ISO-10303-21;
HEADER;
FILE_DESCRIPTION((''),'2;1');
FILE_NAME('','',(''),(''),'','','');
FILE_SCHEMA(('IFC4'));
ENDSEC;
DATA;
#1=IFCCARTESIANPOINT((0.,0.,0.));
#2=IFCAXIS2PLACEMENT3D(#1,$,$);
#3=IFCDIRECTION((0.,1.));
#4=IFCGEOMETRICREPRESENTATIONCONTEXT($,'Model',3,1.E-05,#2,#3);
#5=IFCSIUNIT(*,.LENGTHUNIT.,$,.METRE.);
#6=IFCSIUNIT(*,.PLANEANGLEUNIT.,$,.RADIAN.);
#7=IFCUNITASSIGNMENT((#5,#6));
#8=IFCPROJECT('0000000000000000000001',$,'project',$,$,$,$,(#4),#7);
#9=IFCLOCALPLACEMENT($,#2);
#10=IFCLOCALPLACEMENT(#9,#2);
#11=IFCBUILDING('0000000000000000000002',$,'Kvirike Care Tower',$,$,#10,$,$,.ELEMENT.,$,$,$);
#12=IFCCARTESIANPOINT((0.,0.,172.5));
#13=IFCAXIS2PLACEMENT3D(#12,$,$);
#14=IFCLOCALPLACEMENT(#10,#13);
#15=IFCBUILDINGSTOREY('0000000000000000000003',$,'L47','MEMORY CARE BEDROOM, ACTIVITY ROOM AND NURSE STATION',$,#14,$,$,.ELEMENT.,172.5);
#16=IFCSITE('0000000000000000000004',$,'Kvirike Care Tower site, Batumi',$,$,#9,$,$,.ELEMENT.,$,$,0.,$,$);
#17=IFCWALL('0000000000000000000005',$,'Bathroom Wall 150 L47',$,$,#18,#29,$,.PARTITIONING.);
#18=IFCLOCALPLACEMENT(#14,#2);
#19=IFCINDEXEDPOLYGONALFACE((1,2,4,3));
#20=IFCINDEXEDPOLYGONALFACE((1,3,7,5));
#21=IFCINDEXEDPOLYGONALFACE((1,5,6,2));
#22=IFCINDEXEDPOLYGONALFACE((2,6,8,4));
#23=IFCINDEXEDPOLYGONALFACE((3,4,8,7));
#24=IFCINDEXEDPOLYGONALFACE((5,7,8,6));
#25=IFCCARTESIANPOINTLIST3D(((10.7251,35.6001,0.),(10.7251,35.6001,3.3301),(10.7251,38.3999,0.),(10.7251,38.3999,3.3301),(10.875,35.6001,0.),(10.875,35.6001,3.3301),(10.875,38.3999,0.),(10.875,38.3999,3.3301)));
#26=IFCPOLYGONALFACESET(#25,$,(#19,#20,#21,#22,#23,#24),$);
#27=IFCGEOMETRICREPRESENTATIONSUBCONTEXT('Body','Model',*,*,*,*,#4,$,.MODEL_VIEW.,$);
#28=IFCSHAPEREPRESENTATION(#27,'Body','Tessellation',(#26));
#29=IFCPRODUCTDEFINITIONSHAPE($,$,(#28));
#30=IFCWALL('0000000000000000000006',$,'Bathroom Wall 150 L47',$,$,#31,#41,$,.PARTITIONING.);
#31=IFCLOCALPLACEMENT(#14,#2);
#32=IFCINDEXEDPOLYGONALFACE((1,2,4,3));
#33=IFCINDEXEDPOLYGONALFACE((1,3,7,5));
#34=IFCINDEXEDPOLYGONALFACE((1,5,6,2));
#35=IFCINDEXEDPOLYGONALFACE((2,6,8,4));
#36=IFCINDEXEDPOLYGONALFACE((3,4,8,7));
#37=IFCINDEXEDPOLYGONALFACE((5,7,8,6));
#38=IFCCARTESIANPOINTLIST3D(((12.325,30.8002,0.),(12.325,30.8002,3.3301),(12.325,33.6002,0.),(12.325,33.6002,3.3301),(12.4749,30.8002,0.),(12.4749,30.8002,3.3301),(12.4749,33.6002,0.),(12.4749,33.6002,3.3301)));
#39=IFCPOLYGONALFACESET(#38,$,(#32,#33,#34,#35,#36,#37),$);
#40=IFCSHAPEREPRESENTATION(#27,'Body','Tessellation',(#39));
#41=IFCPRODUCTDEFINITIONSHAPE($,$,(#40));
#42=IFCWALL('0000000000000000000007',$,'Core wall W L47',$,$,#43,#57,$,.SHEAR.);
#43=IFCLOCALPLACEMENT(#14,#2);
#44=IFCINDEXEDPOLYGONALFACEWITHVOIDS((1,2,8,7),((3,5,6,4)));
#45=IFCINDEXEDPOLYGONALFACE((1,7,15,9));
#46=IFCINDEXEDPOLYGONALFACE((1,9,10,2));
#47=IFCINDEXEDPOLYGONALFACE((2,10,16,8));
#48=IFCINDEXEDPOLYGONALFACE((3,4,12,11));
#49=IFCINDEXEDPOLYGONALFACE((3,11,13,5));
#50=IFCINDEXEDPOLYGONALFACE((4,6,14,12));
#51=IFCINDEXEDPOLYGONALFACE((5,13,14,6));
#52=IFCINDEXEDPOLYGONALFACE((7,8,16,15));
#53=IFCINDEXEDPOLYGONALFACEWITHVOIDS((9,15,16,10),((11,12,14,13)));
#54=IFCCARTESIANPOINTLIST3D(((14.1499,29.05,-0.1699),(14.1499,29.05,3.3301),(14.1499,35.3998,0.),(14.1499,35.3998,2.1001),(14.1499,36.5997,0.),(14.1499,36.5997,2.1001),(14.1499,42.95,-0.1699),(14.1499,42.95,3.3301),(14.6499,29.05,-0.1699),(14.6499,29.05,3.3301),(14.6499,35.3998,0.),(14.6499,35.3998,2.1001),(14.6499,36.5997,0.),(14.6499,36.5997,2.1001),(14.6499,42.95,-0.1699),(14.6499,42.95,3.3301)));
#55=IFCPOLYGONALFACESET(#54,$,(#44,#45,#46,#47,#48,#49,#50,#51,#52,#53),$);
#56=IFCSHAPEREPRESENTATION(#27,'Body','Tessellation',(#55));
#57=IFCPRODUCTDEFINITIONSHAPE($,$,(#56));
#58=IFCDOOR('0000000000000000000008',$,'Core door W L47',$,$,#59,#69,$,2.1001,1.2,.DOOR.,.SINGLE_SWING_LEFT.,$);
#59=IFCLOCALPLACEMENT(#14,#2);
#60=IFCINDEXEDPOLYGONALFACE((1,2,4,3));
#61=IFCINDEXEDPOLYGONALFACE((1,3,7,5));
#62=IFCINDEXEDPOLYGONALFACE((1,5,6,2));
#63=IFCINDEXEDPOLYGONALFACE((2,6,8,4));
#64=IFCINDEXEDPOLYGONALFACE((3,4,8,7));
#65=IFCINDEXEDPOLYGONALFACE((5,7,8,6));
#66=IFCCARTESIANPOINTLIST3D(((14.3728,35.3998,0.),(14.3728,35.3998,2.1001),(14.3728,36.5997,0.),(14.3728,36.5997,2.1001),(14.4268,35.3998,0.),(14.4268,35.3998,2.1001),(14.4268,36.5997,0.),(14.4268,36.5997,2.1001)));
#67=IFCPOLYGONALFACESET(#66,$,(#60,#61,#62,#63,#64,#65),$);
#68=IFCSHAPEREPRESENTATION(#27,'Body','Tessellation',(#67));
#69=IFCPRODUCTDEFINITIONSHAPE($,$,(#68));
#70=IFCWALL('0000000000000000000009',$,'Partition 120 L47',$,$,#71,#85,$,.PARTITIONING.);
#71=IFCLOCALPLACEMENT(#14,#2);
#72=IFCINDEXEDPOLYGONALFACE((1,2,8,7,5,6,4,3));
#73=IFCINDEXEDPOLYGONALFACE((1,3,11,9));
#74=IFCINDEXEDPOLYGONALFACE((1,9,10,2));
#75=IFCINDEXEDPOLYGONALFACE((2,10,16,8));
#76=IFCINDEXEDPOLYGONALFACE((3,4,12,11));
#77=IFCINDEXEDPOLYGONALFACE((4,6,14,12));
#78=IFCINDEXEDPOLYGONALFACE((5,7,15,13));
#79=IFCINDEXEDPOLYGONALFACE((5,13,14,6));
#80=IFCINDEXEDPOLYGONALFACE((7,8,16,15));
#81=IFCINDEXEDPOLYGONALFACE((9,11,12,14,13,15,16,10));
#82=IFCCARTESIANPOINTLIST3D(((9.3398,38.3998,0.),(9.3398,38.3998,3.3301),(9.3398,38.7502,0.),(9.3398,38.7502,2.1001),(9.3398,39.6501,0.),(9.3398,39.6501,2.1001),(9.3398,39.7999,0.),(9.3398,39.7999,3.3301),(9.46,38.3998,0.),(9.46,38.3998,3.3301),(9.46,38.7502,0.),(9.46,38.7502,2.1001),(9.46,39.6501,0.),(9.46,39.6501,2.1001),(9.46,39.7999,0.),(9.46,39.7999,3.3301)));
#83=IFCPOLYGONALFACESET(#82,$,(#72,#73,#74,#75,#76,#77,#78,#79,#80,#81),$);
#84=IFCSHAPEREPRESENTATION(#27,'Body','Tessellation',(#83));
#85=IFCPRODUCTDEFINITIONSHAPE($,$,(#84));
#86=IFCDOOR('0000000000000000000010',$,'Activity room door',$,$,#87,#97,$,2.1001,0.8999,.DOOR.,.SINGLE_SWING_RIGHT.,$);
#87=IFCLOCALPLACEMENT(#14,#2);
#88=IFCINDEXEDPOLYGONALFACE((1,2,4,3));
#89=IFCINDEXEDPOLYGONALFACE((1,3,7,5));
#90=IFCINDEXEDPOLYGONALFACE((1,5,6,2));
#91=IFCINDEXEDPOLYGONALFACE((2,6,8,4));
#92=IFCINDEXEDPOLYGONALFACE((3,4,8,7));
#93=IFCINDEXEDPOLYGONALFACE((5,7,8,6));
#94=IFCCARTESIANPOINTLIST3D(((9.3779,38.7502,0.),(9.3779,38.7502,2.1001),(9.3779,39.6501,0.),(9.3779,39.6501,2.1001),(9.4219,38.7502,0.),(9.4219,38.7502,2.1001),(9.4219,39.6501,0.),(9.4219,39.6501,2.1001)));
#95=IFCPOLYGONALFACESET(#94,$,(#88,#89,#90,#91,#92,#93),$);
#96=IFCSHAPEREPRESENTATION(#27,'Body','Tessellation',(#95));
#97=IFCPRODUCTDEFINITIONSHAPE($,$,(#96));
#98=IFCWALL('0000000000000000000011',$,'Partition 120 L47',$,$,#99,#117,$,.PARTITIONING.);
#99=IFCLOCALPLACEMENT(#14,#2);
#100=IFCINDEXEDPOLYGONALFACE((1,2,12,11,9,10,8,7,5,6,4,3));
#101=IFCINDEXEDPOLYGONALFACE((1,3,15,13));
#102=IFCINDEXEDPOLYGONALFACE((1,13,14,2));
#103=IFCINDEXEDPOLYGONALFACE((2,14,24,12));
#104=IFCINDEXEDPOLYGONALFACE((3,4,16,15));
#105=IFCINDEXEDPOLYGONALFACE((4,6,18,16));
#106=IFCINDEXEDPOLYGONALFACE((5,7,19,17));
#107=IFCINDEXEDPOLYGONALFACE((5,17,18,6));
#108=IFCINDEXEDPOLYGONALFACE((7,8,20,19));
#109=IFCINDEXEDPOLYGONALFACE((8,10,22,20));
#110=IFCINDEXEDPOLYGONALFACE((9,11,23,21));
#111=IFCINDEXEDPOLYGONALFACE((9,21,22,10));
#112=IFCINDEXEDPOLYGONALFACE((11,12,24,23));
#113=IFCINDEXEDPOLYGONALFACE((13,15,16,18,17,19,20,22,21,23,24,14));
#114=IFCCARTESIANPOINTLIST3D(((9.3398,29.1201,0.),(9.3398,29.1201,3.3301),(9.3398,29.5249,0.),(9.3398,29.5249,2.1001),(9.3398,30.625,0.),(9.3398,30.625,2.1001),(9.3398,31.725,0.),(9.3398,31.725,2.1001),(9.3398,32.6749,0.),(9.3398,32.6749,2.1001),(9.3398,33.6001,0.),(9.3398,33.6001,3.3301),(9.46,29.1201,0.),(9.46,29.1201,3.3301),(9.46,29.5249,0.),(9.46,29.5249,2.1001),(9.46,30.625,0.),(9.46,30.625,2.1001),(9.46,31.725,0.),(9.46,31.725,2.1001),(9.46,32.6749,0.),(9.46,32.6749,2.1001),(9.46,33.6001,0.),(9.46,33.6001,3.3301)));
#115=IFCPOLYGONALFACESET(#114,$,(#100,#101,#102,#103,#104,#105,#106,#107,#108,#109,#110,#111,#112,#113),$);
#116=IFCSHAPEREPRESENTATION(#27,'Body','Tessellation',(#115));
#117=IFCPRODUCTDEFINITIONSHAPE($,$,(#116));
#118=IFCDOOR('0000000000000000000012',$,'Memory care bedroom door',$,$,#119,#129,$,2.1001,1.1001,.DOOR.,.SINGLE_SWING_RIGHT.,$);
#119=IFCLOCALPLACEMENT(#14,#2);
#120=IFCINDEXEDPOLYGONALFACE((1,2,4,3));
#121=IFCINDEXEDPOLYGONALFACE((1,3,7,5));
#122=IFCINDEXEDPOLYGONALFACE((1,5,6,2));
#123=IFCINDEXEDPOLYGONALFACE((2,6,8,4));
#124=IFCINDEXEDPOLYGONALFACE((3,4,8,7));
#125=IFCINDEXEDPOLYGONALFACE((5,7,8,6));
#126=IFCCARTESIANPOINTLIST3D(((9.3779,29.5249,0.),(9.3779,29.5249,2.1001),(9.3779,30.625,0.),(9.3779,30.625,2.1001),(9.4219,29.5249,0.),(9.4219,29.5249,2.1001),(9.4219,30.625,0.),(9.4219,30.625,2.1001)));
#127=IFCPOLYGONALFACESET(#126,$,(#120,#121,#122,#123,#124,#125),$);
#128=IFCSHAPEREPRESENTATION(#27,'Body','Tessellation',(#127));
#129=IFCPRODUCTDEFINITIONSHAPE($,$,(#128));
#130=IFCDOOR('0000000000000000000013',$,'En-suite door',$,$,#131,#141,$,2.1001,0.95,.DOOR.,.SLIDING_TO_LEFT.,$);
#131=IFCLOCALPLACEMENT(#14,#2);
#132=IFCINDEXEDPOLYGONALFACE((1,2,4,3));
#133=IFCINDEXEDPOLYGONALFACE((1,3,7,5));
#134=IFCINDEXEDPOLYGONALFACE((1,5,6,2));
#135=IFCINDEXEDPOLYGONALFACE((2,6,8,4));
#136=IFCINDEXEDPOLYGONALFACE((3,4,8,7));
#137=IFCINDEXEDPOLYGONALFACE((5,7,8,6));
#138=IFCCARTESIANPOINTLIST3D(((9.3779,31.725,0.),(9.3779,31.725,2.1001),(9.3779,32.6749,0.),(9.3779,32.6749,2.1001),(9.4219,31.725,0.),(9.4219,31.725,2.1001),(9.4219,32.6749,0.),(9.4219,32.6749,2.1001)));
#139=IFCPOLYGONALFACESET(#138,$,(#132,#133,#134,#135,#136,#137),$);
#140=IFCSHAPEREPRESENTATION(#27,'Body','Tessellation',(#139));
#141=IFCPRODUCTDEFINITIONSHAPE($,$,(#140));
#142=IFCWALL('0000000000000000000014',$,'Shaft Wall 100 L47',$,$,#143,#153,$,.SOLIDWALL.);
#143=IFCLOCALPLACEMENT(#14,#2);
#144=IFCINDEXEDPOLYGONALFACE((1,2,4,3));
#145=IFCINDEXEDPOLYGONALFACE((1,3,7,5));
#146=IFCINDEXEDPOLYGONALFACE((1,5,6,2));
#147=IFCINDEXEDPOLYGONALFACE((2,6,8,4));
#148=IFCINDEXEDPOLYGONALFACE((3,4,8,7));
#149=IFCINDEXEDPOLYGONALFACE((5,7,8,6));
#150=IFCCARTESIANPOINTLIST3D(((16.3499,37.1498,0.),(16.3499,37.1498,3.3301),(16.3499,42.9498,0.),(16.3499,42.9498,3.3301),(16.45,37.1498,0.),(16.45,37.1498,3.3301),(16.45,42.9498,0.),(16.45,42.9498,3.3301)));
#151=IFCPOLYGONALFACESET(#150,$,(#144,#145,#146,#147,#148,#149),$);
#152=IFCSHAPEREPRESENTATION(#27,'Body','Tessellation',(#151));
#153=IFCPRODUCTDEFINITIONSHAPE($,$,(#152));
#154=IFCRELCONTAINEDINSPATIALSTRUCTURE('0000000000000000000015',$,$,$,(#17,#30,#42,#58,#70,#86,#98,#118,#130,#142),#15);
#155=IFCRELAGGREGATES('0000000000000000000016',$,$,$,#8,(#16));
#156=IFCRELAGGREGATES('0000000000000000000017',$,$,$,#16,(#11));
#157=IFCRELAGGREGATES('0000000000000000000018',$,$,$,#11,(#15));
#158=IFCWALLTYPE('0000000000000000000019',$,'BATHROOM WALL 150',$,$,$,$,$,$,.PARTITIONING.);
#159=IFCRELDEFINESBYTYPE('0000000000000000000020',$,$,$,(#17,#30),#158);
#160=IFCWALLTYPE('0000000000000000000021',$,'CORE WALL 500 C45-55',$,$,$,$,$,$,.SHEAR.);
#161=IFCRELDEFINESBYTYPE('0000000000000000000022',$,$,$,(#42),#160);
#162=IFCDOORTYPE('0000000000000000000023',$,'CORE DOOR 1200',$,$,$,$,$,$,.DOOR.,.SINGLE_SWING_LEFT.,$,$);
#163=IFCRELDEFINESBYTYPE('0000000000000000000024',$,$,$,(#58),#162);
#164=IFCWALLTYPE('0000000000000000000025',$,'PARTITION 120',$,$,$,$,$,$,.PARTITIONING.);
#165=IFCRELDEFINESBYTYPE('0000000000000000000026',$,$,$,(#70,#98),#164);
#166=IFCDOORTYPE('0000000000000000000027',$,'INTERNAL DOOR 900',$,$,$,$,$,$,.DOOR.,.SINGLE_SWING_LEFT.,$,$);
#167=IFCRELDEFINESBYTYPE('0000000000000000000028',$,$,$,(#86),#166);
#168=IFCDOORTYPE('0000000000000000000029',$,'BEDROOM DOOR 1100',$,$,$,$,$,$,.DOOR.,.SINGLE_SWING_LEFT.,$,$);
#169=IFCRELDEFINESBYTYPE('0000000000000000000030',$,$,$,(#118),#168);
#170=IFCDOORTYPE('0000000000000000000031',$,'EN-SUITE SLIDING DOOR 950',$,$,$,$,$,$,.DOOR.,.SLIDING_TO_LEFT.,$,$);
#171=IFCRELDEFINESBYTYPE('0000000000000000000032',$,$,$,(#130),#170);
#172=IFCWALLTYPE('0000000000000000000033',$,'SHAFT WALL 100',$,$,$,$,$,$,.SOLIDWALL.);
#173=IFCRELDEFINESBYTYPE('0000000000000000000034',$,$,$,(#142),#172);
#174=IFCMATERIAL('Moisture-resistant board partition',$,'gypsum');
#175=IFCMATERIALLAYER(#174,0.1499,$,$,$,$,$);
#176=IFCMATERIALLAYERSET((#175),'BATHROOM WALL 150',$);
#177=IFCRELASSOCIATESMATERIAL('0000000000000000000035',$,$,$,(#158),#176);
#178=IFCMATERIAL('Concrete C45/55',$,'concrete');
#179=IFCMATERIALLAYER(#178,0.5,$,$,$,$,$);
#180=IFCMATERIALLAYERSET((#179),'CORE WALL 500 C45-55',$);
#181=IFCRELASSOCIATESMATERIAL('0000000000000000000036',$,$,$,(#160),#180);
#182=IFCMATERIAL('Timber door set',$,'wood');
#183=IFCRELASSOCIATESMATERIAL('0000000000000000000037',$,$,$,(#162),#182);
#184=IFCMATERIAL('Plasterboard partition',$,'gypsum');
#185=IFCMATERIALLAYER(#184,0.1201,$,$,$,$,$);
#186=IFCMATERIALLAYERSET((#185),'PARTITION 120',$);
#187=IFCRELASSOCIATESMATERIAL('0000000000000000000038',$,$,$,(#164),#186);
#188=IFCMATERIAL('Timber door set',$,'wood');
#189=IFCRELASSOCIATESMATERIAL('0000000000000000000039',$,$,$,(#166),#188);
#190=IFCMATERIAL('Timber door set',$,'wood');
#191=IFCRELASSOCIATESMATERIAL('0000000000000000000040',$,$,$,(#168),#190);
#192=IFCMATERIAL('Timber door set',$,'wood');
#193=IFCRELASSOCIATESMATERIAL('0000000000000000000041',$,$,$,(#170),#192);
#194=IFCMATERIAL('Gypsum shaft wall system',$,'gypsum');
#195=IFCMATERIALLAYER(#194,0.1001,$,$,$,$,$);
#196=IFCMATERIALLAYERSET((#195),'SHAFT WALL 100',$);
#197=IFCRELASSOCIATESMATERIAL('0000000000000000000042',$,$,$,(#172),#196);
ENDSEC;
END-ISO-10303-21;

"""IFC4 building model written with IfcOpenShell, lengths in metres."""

from ifc_helpers import new_model, si_unit, direction, frame, frame_2d, origin, place, context, subcontext, project, spatial, rectangle, extrude, material, layer, layer_set, type_object, element, fill, save


model = new_model("IFC4")

# Units and contexts
model_context = context("Model", 3, precision=1e-05, world=origin(), true_north=direction((0.0, 1.0)))
body_context = subcontext(model_context, "Body", "Model", "MODEL_VIEW")
ifc_project = project(units=[si_unit("LENGTHUNIT", "METRE"), si_unit("PLANEANGLEUNIT", "RADIAN")], contexts=[model_context])

# Site, building, storey
site_placement = place(None, origin())
site = spatial("IfcSite", under=ifc_project, at=site_placement, Name="Kvirike Care Tower site, Batumi", CompositionType="ELEMENT", RefElevation=0.0)
building_placement = place(site_placement, origin())
building = spatial("IfcBuilding", under=site, at=building_placement, Name="Kvirike Care Tower", CompositionType="ELEMENT")
storey_placement = place(building_placement, frame((0.0, 0.0, 172.5)))
storey = spatial("IfcBuildingStorey", under=building, at=storey_placement, Name="L47", Description="MEMORY CARE BEDROOM, ACTIVITY ROOM AND NURSE STATION", CompositionType="ELEMENT", Elevation=172.5)

# Walls
ifc_material_1 = material(Name="Moisture-resistant board partition", Category="gypsum")
ifc_layer_1 = layer(ifc_material_1, 0.1499)
ifc_layer_set_1 = layer_set([ifc_layer_1], Name="BATHROOM WALL 150")
wall_type_1 = type_object("IfcWallType", Name="BATHROOM WALL 150", PredefinedType="PARTITIONING", material=ifc_layer_set_1)
wall_1_placement = place(storey_placement, frame((10.8, 38.3999, 0.0), z_axis=(0.0, 0.0, 1.0), x_axis=(0.0, -1.0, 0.0)))
element("IfcWall", 1, at=wall_1_placement, inside=storey, type_object=wall_type_1, Name="Bathroom Wall 150 L47", PredefinedType="PARTITIONING", context=body_context, shape_type="SweptSolid", body=[
    extrude(rectangle(XDim=2.7998, YDim=0.1499, at=frame_2d((1.3999, 0.0))), origin(), (0.0, 0.0, 1.0), 3.3301),
])
wall_2_placement = place(storey_placement, frame((12.3999, 33.6001, 0.0), z_axis=(0.0, 0.0, 1.0), x_axis=(0.0, -1.0, 0.0)))
element("IfcWall", 2, at=wall_2_placement, inside=storey, type_object=wall_type_1, Name="Bathroom Wall 150 L47", PredefinedType="PARTITIONING", context=body_context, shape_type="SweptSolid", body=[
    extrude(rectangle(XDim=2.8, YDim=0.1499, at=frame_2d((1.3999, 0.0))), origin(), (0.0, 0.0, 1.0), 3.3301),
])

# Walls, openings, doors
ifc_material_2 = material(Name="Concrete C45/55", Category="concrete")
ifc_layer_2 = layer(ifc_material_2, 0.5)
ifc_layer_set_2 = layer_set([ifc_layer_2], Name="CORE WALL 500 C45-55")
wall_type_2 = type_object("IfcWallType", Name="CORE WALL 500 C45-55", PredefinedType="SHEAR", material=ifc_layer_set_2)
wall_3_placement = place(storey_placement, frame((14.3999, 42.95, -0.1699), z_axis=(0.0, 0.0, 1.0), x_axis=(0.0, -1.0, 0.0)))
wall_3 = element("IfcWall", 3, at=wall_3_placement, inside=storey, type_object=wall_type_2, Name="Core wall W L47", PredefinedType="SHEAR", context=body_context, shape_type="SweptSolid", body=[
    extrude(rectangle(XDim=13.8999, YDim=0.5, at=frame_2d((6.95, 0.0))), origin(), (0.0, 0.0, 1.0), 3.5),
])
opening_1_placement = place(wall_3_placement, frame((6.3501, 0.0, 0.1699)))
opening_1 = element("IfcOpeningElement", 4, at=opening_1_placement, cuts=wall_3, PredefinedType="OPENING", context=body_context, shape_type="SweptSolid", body=[
    extrude(rectangle(XDim=1.2, YDim=2.1001, at=frame_2d((0.6001, 1.05))), frame((0.0, 0.2605, 0.0), z_axis=(0.0, -1.0, 0.0), x_axis=(1.0, 0.0, 0.0)), (0.0, 0.0, 1.0), 0.521),
])
ifc_material_3 = material(Name="Timber door set", Category="wood")
door_type_1 = type_object("IfcDoorType", Name="CORE DOOR 1200", OperationType="SINGLE_SWING_LEFT", PredefinedType="DOOR", material=ifc_material_3)
door_1_placement = place(opening_1_placement, origin())
door_1 = element("IfcDoor", 5, at=door_1_placement, inside=storey, type_object=door_type_1, Name="Core door W L47", OperationType="SINGLE_SWING_LEFT", OverallHeight=2.1001, OverallWidth=1.2, PredefinedType="DOOR", context=body_context, shape_type="SweptSolid", body=[
    extrude(rectangle(XDim=1.2, YDim=2.1001, at=frame_2d((0.6001, 1.05))), frame((0.0, 0.0269, 0.0), z_axis=(0.0, -1.0, 0.0), x_axis=(1.0, 0.0, 0.0)), (0.0, 0.0, 1.0), 0.054),
])
fill(opening_1, door_1)
ifc_material_4 = material(Name="Plasterboard partition", Category="gypsum")
ifc_layer_3 = layer(ifc_material_4, 0.1201)
ifc_layer_set_3 = layer_set([ifc_layer_3], Name="PARTITION 120")
wall_type_3 = type_object("IfcWallType", Name="PARTITION 120", PredefinedType="PARTITIONING", material=ifc_layer_set_3)
wall_4_placement = place(storey_placement, frame((9.3999, 39.8, 0.0), z_axis=(0.0, 0.0, 1.0), x_axis=(0.0, -1.0, 0.0)))
wall_4 = element("IfcWall", 6, at=wall_4_placement, inside=storey, type_object=wall_type_3, Name="Partition 120 L47", PredefinedType="PARTITIONING", context=body_context, shape_type="SweptSolid", body=[
    extrude(rectangle(XDim=1.4001, YDim=0.1201, at=frame_2d((0.7002, 0.0))), origin(), (0.0, 0.0, 1.0), 3.3301),
])
opening_2_placement = place(wall_4_placement, frame((0.1499, 0.0, 0.0)))
opening_2 = element("IfcOpeningElement", 7, at=opening_2_placement, cuts=wall_4, PredefinedType="OPENING", context=body_context, shape_type="SweptSolid", body=[
    extrude(rectangle(XDim=0.8999, YDim=2.1001, at=frame_2d((0.45, 1.05))), frame((0.0, 0.0706, 0.0), z_axis=(0.0, -1.0, 0.0), x_axis=(1.0, 0.0, 0.0)), (0.0, 0.0, 1.0), 0.1411),
])
ifc_material_5 = material(Name="Timber door set", Category="wood")
door_type_2 = type_object("IfcDoorType", Name="INTERNAL DOOR 900", OperationType="SINGLE_SWING_LEFT", PredefinedType="DOOR", material=ifc_material_5)
door_2_placement = place(opening_2_placement, origin())
door_2 = element("IfcDoor", 8, at=door_2_placement, inside=storey, type_object=door_type_2, Name="Activity room door", OperationType="SINGLE_SWING_RIGHT", OverallHeight=2.1001, OverallWidth=0.8999, PredefinedType="DOOR", context=body_context, shape_type="SweptSolid", body=[
    extrude(rectangle(XDim=0.8999, YDim=2.1001, at=frame_2d((0.45, 1.05))), frame((0.0, 0.022, 0.0), z_axis=(0.0, -1.0, 0.0), x_axis=(1.0, 0.0, 0.0)), (0.0, 0.0, 1.0), 0.0439),
])
fill(opening_2, door_2)

# Wall, openings, doors
wall_5_placement = place(storey_placement, frame((9.3999, 33.6001, 0.0), z_axis=(0.0, 0.0, 1.0), x_axis=(0.0, -1.0, 0.0)))
wall_5 = element("IfcWall", 9, at=wall_5_placement, inside=storey, type_object=wall_type_3, Name="Partition 120 L47", PredefinedType="PARTITIONING", context=body_context, shape_type="SweptSolid", body=[
    extrude(rectangle(XDim=4.48, YDim=0.1201, at=frame_2d((2.24, 0.0))), origin(), (0.0, 0.0, 1.0), 3.3301),
])
opening_3_placement = place(wall_5_placement, frame((2.9751, 0.0, 0.0)))
opening_3 = element("IfcOpeningElement", 10, at=opening_3_placement, cuts=wall_5, PredefinedType="OPENING", context=body_context, shape_type="SweptSolid", body=[
    extrude(rectangle(XDim=1.1001, YDim=2.1001, at=frame_2d((0.55, 1.05))), frame((0.0, 0.0706, 0.0), z_axis=(0.0, -1.0, 0.0), x_axis=(1.0, 0.0, 0.0)), (0.0, 0.0, 1.0), 0.1411),
])
opening_4_placement = place(wall_5_placement, frame((0.925, 0.0, 0.0)))
opening_4 = element("IfcOpeningElement", 11, at=opening_4_placement, cuts=wall_5, PredefinedType="OPENING", context=body_context, shape_type="SweptSolid", body=[
    extrude(rectangle(XDim=0.95, YDim=2.1001, at=frame_2d((0.4751, 1.05))), frame((0.0, 0.0706, 0.0), z_axis=(0.0, -1.0, 0.0), x_axis=(1.0, 0.0, 0.0)), (0.0, 0.0, 1.0), 0.1411),
])
ifc_material_6 = material(Name="Timber door set", Category="wood")
door_type_3 = type_object("IfcDoorType", Name="BEDROOM DOOR 1100", OperationType="SINGLE_SWING_LEFT", PredefinedType="DOOR", material=ifc_material_6)
door_3_placement = place(opening_3_placement, origin())
door_3 = element("IfcDoor", 12, at=door_3_placement, inside=storey, type_object=door_type_3, Name="Memory care bedroom door", OperationType="SINGLE_SWING_RIGHT", OverallHeight=2.1001, OverallWidth=1.1001, PredefinedType="DOOR", context=body_context, shape_type="SweptSolid", body=[
    extrude(rectangle(XDim=1.1001, YDim=2.1001, at=frame_2d((0.55, 1.05))), frame((0.0, 0.022, 0.0), z_axis=(0.0, -1.0, 0.0), x_axis=(1.0, 0.0, 0.0)), (0.0, 0.0, 1.0), 0.0439),
])
fill(opening_3, door_3)
ifc_material_7 = material(Name="Timber door set", Category="wood")
door_type_4 = type_object("IfcDoorType", Name="EN-SUITE SLIDING DOOR 950", OperationType="SLIDING_TO_LEFT", PredefinedType="DOOR", material=ifc_material_7)
door_4_placement = place(opening_4_placement, origin())
door_4 = element("IfcDoor", 13, at=door_4_placement, inside=storey, type_object=door_type_4, Name="En-suite door", OperationType="SLIDING_TO_LEFT", OverallHeight=2.1001, OverallWidth=0.95, PredefinedType="DOOR", context=body_context, shape_type="SweptSolid", body=[
    extrude(rectangle(XDim=0.95, YDim=2.1001, at=frame_2d((0.4751, 1.05))), frame((0.0, 0.022, 0.0), z_axis=(0.0, -1.0, 0.0), x_axis=(1.0, 0.0, 0.0)), (0.0, 0.0, 1.0), 0.0439),
])
fill(opening_4, door_4)

# Wall
ifc_material_8 = material(Name="Gypsum shaft wall system", Category="gypsum")
ifc_layer_4 = layer(ifc_material_8, 0.1001)
ifc_layer_set_4 = layer_set([ifc_layer_4], Name="SHAFT WALL 100")
wall_type_4 = type_object("IfcWallType", Name="SHAFT WALL 100", PredefinedType="SOLIDWALL", material=ifc_layer_set_4)
wall_6_placement = place(storey_placement, frame((16.3999, 37.1499, 0.0), z_axis=(0.0, 0.0, 1.0), x_axis=(0.0, 1.0, 0.0)))
element("IfcWall", 14, at=wall_6_placement, inside=storey, type_object=wall_type_4, Name="Shaft Wall 100 L47", PredefinedType="SOLIDWALL", context=body_context, shape_type="SweptSolid", body=[
    extrude(rectangle(XDim=5.8, YDim=0.1001, at=frame_2d((2.8999, 0.0))), origin(), (0.0, 0.0, 1.0), 3.3301),
])

save(model, "model.ifc")
